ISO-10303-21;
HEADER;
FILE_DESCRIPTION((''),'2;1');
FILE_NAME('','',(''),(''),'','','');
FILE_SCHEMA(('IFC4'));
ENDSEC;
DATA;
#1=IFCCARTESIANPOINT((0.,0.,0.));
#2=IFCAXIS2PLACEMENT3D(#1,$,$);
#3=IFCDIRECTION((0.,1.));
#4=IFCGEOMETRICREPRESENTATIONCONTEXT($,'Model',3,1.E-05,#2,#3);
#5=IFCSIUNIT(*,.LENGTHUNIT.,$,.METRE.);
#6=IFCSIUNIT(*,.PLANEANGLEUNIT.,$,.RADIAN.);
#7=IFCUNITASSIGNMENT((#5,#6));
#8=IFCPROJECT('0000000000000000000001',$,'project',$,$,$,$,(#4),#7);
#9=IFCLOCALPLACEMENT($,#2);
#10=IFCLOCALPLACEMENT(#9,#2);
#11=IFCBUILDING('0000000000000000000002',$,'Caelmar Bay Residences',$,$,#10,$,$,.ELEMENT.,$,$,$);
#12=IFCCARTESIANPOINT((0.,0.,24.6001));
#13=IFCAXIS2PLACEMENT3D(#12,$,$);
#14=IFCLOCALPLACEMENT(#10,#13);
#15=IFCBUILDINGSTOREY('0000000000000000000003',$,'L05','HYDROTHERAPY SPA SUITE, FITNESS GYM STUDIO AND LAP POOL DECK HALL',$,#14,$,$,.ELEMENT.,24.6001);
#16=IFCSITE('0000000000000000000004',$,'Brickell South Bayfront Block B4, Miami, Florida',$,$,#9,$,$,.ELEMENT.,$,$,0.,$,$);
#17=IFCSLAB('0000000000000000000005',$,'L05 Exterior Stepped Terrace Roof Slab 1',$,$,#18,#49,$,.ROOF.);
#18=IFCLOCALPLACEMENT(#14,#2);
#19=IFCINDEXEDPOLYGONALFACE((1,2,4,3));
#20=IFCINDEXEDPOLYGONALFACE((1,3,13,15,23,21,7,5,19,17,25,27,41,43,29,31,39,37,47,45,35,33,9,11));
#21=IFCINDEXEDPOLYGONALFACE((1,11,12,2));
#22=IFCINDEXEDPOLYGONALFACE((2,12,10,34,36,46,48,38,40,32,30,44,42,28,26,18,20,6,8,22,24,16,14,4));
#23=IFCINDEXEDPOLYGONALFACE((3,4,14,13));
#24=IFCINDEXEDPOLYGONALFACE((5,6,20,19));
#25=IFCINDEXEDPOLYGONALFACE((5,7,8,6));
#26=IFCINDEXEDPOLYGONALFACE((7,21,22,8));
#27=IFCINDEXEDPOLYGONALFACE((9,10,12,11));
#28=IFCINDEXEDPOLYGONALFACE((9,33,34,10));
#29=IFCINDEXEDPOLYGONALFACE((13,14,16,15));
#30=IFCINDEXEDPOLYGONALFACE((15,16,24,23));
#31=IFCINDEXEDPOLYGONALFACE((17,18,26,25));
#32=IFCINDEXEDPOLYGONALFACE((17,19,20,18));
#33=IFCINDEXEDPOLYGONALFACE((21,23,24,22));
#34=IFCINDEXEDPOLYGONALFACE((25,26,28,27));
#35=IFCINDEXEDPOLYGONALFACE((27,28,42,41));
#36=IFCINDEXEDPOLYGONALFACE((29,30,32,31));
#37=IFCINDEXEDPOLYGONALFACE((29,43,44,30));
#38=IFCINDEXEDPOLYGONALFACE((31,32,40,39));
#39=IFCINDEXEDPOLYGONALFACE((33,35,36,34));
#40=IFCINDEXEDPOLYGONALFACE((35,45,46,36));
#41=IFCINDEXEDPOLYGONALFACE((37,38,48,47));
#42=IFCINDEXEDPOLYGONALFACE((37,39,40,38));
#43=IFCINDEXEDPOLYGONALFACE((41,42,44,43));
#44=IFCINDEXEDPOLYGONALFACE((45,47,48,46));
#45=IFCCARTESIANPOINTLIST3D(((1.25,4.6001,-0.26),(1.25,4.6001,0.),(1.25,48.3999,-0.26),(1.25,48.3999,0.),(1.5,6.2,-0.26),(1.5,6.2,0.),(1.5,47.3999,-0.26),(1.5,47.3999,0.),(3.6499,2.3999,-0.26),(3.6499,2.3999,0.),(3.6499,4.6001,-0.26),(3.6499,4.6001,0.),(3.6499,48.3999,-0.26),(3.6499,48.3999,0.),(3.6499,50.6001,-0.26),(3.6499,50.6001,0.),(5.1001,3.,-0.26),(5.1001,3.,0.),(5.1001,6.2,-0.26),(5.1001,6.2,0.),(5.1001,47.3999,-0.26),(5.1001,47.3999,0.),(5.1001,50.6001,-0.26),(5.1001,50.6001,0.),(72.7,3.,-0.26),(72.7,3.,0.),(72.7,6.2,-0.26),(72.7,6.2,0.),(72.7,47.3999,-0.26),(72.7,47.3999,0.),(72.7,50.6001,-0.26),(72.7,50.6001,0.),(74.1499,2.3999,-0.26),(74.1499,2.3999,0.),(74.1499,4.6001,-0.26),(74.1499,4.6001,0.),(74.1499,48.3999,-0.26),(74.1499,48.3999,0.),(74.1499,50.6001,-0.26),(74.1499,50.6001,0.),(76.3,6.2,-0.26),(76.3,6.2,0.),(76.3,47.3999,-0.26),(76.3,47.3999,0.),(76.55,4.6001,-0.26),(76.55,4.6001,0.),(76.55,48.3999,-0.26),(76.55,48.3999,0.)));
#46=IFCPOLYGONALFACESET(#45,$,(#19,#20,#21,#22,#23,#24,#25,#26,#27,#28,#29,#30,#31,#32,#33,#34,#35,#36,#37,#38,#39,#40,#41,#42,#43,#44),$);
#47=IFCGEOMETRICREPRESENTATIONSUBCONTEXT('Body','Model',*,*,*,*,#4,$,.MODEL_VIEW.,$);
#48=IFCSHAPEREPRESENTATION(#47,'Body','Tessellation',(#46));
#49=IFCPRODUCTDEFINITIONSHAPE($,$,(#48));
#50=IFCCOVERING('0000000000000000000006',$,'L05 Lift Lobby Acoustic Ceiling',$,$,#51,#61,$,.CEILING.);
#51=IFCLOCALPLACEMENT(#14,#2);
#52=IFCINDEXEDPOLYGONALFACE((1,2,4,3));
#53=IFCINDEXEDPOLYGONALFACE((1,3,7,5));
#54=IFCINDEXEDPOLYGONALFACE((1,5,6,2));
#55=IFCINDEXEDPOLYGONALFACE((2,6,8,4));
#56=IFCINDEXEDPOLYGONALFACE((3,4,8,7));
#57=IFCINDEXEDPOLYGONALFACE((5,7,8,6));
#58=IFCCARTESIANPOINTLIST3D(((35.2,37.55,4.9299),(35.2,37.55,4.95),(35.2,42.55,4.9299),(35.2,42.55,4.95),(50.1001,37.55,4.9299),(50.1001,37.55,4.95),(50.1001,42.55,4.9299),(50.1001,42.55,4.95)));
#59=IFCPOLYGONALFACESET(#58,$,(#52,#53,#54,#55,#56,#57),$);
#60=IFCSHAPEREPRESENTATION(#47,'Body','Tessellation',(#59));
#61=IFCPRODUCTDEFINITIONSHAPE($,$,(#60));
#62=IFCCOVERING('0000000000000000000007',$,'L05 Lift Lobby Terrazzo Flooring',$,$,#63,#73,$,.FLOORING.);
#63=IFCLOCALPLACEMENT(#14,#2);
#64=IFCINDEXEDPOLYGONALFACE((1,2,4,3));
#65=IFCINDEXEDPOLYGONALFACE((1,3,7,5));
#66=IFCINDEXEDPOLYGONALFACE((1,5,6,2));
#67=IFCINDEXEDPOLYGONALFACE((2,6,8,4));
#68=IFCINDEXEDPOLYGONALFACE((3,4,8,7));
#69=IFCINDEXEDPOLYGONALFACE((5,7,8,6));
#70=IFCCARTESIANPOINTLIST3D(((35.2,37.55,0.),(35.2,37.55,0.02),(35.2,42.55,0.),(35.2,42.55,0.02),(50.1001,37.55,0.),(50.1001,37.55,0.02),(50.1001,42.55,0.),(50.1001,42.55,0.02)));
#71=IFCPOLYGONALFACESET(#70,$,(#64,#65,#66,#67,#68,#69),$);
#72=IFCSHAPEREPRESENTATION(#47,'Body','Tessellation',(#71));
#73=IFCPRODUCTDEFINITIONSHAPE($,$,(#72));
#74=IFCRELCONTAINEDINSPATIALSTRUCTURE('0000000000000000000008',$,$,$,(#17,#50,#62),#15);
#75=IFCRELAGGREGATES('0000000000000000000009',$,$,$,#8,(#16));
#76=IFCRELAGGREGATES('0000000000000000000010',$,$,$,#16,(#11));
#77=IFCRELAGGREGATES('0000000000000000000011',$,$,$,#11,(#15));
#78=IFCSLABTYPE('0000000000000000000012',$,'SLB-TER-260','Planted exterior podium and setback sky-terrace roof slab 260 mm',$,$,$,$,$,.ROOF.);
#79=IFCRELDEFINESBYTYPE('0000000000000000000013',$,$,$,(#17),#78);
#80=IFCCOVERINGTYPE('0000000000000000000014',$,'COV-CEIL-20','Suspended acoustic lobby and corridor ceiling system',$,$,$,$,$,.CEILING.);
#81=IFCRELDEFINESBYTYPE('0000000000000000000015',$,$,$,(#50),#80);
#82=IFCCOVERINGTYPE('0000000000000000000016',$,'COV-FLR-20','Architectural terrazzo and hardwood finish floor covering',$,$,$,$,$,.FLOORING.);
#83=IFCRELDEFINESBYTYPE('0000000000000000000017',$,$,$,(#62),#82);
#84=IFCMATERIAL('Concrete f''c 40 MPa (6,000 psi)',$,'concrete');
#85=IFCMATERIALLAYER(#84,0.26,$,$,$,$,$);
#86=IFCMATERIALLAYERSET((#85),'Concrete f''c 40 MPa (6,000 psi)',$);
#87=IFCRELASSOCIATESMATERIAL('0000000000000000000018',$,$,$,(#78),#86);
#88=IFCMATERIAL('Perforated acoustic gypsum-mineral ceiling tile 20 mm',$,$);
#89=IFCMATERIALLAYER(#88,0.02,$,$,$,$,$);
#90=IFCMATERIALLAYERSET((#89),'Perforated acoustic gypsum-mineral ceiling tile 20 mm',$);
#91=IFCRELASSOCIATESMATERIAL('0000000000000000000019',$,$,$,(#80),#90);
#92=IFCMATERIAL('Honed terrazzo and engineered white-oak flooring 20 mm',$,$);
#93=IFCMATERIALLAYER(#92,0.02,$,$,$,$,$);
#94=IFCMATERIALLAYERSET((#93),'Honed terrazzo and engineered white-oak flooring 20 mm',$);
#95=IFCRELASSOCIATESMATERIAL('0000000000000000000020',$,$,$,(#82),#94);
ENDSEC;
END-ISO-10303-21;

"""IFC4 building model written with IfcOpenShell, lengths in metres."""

from ifc_helpers import new_model, si_unit, direction, frame, origin, place, context, subcontext, project, spatial, polyline, outline, extrude, material, layer, layer_set, type_object, element, save


model = new_model("IFC4")

# Units and contexts
model_context = context("Model", 3, precision=1e-05, world=origin(), true_north=direction((0.0, 1.0)))
body_context = subcontext(model_context, "Body", "Model", "MODEL_VIEW")
ifc_project = project(units=[si_unit("LENGTHUNIT", "METRE"), si_unit("PLANEANGLEUNIT", "RADIAN")], contexts=[model_context])

# Site, building, storey
site_placement = place(None, origin())
site = spatial("IfcSite", under=ifc_project, at=site_placement, Name="Brickell South Bayfront Block B4, Miami, Florida", CompositionType="ELEMENT", RefElevation=0.0)
building_placement = place(site_placement, origin())
building = spatial("IfcBuilding", under=site, at=building_placement, Name="Caelmar Bay Residences", CompositionType="ELEMENT")
storey_placement = place(building_placement, frame((0.0, 0.0, 24.6001)))
storey = spatial("IfcBuildingStorey", under=building, at=storey_placement, Name="L05", Description="HYDROTHERAPY SPA SUITE, FITNESS GYM STUDIO AND LAP POOL DECK HALL", CompositionType="ELEMENT", Elevation=24.6001)

# Shared definitions
ifc_material_1 = material(Name="Concrete f'c 40 MPa (6,000 psi)", Category="concrete")

# Slab
ifc_layer_1 = layer(ifc_material_1, 0.26)
ifc_layer_set_1 = layer_set([ifc_layer_1], Name="Concrete f'c 40 MPa (6,000 psi)")
slab_type_1 = type_object("IfcSlabType", Name="SLB-TER-260", Description="Planted exterior podium and setback sky-terrace roof slab 260 mm", PredefinedType="ROOF", material=ifc_layer_set_1)
slab_1_placement = place(storey_placement, frame((0.0, 0.0, -0.26)))
element("IfcSlab", 1, at=slab_1_placement, inside=storey, type_object=slab_type_1, Name="L05 Exterior Stepped Terrace Roof Slab 1", PredefinedType="ROOF", context=body_context, shape_type="SweptSolid", body=[
    extrude(outline(polyline([(72.7, 50.6001), (72.7, 47.3999), (76.3, 47.3999), (76.3, 6.2), (72.7, 6.2), (72.7, 3.0), (5.1001, 3.0), (5.1001, 6.2), (1.5, 6.2), (1.5, 47.3999), (5.1001, 47.3999), (5.1001, 50.6001), (3.6499, 50.6001), (3.6499, 48.3999), (1.25, 48.3999), (1.25, 4.6001), (3.6499, 4.6001), (3.6499, 2.3999), (74.1499, 2.3999), (74.1499, 4.6001), (76.55, 4.6001), (76.55, 48.3999), (74.1499, 48.3999), (74.1499, 50.6001), (72.7, 50.6001)])), origin(), (0.0, 0.0, 1.0), 0.26),
])

# Coverings
ifc_material_2 = material(Name="Perforated acoustic gypsum-mineral ceiling tile 20 mm")
ifc_layer_2 = layer(ifc_material_2, 0.02)
ifc_layer_set_2 = layer_set([ifc_layer_2], Name="Perforated acoustic gypsum-mineral ceiling tile 20 mm")
covering_type_1 = type_object("IfcCoveringType", Name="COV-CEIL-20", Description="Suspended acoustic lobby and corridor ceiling system", PredefinedType="CEILING", material=ifc_layer_set_2)
covering_1_placement = place(storey_placement, frame((0.0, 0.0, 4.9299)))
element("IfcCovering", 2, at=covering_1_placement, inside=storey, type_object=covering_type_1, Name="L05 Lift Lobby Acoustic Ceiling", PredefinedType="CEILING", context=body_context, shape_type="SweptSolid", body=[
    extrude(outline(polyline([(35.2, 37.55), (50.1001, 37.55), (50.1001, 42.55), (35.2, 42.55), (35.2, 37.55)])), origin(), (0.0, 0.0, 1.0), 0.02),
])
ifc_material_3 = material(Name="Honed terrazzo and engineered white-oak flooring 20 mm")
ifc_layer_3 = layer(ifc_material_3, 0.02)
ifc_layer_set_3 = layer_set([ifc_layer_3], Name="Honed terrazzo and engineered white-oak flooring 20 mm")
covering_type_2 = type_object("IfcCoveringType", Name="COV-FLR-20", Description="Architectural terrazzo and hardwood finish floor covering", PredefinedType="FLOORING", material=ifc_layer_set_3)
covering_2_placement = place(storey_placement, origin())
element("IfcCovering", 3, at=covering_2_placement, inside=storey, type_object=covering_type_2, Name="L05 Lift Lobby Terrazzo Flooring", PredefinedType="FLOORING", context=body_context, shape_type="SweptSolid", body=[
    extrude(outline(polyline([(35.2, 37.55), (50.1001, 37.55), (50.1001, 42.55), (35.2, 42.55), (35.2, 37.55)])), origin(), (0.0, 0.0, 1.0), 0.02),
])

save(model, "model.ifc")
